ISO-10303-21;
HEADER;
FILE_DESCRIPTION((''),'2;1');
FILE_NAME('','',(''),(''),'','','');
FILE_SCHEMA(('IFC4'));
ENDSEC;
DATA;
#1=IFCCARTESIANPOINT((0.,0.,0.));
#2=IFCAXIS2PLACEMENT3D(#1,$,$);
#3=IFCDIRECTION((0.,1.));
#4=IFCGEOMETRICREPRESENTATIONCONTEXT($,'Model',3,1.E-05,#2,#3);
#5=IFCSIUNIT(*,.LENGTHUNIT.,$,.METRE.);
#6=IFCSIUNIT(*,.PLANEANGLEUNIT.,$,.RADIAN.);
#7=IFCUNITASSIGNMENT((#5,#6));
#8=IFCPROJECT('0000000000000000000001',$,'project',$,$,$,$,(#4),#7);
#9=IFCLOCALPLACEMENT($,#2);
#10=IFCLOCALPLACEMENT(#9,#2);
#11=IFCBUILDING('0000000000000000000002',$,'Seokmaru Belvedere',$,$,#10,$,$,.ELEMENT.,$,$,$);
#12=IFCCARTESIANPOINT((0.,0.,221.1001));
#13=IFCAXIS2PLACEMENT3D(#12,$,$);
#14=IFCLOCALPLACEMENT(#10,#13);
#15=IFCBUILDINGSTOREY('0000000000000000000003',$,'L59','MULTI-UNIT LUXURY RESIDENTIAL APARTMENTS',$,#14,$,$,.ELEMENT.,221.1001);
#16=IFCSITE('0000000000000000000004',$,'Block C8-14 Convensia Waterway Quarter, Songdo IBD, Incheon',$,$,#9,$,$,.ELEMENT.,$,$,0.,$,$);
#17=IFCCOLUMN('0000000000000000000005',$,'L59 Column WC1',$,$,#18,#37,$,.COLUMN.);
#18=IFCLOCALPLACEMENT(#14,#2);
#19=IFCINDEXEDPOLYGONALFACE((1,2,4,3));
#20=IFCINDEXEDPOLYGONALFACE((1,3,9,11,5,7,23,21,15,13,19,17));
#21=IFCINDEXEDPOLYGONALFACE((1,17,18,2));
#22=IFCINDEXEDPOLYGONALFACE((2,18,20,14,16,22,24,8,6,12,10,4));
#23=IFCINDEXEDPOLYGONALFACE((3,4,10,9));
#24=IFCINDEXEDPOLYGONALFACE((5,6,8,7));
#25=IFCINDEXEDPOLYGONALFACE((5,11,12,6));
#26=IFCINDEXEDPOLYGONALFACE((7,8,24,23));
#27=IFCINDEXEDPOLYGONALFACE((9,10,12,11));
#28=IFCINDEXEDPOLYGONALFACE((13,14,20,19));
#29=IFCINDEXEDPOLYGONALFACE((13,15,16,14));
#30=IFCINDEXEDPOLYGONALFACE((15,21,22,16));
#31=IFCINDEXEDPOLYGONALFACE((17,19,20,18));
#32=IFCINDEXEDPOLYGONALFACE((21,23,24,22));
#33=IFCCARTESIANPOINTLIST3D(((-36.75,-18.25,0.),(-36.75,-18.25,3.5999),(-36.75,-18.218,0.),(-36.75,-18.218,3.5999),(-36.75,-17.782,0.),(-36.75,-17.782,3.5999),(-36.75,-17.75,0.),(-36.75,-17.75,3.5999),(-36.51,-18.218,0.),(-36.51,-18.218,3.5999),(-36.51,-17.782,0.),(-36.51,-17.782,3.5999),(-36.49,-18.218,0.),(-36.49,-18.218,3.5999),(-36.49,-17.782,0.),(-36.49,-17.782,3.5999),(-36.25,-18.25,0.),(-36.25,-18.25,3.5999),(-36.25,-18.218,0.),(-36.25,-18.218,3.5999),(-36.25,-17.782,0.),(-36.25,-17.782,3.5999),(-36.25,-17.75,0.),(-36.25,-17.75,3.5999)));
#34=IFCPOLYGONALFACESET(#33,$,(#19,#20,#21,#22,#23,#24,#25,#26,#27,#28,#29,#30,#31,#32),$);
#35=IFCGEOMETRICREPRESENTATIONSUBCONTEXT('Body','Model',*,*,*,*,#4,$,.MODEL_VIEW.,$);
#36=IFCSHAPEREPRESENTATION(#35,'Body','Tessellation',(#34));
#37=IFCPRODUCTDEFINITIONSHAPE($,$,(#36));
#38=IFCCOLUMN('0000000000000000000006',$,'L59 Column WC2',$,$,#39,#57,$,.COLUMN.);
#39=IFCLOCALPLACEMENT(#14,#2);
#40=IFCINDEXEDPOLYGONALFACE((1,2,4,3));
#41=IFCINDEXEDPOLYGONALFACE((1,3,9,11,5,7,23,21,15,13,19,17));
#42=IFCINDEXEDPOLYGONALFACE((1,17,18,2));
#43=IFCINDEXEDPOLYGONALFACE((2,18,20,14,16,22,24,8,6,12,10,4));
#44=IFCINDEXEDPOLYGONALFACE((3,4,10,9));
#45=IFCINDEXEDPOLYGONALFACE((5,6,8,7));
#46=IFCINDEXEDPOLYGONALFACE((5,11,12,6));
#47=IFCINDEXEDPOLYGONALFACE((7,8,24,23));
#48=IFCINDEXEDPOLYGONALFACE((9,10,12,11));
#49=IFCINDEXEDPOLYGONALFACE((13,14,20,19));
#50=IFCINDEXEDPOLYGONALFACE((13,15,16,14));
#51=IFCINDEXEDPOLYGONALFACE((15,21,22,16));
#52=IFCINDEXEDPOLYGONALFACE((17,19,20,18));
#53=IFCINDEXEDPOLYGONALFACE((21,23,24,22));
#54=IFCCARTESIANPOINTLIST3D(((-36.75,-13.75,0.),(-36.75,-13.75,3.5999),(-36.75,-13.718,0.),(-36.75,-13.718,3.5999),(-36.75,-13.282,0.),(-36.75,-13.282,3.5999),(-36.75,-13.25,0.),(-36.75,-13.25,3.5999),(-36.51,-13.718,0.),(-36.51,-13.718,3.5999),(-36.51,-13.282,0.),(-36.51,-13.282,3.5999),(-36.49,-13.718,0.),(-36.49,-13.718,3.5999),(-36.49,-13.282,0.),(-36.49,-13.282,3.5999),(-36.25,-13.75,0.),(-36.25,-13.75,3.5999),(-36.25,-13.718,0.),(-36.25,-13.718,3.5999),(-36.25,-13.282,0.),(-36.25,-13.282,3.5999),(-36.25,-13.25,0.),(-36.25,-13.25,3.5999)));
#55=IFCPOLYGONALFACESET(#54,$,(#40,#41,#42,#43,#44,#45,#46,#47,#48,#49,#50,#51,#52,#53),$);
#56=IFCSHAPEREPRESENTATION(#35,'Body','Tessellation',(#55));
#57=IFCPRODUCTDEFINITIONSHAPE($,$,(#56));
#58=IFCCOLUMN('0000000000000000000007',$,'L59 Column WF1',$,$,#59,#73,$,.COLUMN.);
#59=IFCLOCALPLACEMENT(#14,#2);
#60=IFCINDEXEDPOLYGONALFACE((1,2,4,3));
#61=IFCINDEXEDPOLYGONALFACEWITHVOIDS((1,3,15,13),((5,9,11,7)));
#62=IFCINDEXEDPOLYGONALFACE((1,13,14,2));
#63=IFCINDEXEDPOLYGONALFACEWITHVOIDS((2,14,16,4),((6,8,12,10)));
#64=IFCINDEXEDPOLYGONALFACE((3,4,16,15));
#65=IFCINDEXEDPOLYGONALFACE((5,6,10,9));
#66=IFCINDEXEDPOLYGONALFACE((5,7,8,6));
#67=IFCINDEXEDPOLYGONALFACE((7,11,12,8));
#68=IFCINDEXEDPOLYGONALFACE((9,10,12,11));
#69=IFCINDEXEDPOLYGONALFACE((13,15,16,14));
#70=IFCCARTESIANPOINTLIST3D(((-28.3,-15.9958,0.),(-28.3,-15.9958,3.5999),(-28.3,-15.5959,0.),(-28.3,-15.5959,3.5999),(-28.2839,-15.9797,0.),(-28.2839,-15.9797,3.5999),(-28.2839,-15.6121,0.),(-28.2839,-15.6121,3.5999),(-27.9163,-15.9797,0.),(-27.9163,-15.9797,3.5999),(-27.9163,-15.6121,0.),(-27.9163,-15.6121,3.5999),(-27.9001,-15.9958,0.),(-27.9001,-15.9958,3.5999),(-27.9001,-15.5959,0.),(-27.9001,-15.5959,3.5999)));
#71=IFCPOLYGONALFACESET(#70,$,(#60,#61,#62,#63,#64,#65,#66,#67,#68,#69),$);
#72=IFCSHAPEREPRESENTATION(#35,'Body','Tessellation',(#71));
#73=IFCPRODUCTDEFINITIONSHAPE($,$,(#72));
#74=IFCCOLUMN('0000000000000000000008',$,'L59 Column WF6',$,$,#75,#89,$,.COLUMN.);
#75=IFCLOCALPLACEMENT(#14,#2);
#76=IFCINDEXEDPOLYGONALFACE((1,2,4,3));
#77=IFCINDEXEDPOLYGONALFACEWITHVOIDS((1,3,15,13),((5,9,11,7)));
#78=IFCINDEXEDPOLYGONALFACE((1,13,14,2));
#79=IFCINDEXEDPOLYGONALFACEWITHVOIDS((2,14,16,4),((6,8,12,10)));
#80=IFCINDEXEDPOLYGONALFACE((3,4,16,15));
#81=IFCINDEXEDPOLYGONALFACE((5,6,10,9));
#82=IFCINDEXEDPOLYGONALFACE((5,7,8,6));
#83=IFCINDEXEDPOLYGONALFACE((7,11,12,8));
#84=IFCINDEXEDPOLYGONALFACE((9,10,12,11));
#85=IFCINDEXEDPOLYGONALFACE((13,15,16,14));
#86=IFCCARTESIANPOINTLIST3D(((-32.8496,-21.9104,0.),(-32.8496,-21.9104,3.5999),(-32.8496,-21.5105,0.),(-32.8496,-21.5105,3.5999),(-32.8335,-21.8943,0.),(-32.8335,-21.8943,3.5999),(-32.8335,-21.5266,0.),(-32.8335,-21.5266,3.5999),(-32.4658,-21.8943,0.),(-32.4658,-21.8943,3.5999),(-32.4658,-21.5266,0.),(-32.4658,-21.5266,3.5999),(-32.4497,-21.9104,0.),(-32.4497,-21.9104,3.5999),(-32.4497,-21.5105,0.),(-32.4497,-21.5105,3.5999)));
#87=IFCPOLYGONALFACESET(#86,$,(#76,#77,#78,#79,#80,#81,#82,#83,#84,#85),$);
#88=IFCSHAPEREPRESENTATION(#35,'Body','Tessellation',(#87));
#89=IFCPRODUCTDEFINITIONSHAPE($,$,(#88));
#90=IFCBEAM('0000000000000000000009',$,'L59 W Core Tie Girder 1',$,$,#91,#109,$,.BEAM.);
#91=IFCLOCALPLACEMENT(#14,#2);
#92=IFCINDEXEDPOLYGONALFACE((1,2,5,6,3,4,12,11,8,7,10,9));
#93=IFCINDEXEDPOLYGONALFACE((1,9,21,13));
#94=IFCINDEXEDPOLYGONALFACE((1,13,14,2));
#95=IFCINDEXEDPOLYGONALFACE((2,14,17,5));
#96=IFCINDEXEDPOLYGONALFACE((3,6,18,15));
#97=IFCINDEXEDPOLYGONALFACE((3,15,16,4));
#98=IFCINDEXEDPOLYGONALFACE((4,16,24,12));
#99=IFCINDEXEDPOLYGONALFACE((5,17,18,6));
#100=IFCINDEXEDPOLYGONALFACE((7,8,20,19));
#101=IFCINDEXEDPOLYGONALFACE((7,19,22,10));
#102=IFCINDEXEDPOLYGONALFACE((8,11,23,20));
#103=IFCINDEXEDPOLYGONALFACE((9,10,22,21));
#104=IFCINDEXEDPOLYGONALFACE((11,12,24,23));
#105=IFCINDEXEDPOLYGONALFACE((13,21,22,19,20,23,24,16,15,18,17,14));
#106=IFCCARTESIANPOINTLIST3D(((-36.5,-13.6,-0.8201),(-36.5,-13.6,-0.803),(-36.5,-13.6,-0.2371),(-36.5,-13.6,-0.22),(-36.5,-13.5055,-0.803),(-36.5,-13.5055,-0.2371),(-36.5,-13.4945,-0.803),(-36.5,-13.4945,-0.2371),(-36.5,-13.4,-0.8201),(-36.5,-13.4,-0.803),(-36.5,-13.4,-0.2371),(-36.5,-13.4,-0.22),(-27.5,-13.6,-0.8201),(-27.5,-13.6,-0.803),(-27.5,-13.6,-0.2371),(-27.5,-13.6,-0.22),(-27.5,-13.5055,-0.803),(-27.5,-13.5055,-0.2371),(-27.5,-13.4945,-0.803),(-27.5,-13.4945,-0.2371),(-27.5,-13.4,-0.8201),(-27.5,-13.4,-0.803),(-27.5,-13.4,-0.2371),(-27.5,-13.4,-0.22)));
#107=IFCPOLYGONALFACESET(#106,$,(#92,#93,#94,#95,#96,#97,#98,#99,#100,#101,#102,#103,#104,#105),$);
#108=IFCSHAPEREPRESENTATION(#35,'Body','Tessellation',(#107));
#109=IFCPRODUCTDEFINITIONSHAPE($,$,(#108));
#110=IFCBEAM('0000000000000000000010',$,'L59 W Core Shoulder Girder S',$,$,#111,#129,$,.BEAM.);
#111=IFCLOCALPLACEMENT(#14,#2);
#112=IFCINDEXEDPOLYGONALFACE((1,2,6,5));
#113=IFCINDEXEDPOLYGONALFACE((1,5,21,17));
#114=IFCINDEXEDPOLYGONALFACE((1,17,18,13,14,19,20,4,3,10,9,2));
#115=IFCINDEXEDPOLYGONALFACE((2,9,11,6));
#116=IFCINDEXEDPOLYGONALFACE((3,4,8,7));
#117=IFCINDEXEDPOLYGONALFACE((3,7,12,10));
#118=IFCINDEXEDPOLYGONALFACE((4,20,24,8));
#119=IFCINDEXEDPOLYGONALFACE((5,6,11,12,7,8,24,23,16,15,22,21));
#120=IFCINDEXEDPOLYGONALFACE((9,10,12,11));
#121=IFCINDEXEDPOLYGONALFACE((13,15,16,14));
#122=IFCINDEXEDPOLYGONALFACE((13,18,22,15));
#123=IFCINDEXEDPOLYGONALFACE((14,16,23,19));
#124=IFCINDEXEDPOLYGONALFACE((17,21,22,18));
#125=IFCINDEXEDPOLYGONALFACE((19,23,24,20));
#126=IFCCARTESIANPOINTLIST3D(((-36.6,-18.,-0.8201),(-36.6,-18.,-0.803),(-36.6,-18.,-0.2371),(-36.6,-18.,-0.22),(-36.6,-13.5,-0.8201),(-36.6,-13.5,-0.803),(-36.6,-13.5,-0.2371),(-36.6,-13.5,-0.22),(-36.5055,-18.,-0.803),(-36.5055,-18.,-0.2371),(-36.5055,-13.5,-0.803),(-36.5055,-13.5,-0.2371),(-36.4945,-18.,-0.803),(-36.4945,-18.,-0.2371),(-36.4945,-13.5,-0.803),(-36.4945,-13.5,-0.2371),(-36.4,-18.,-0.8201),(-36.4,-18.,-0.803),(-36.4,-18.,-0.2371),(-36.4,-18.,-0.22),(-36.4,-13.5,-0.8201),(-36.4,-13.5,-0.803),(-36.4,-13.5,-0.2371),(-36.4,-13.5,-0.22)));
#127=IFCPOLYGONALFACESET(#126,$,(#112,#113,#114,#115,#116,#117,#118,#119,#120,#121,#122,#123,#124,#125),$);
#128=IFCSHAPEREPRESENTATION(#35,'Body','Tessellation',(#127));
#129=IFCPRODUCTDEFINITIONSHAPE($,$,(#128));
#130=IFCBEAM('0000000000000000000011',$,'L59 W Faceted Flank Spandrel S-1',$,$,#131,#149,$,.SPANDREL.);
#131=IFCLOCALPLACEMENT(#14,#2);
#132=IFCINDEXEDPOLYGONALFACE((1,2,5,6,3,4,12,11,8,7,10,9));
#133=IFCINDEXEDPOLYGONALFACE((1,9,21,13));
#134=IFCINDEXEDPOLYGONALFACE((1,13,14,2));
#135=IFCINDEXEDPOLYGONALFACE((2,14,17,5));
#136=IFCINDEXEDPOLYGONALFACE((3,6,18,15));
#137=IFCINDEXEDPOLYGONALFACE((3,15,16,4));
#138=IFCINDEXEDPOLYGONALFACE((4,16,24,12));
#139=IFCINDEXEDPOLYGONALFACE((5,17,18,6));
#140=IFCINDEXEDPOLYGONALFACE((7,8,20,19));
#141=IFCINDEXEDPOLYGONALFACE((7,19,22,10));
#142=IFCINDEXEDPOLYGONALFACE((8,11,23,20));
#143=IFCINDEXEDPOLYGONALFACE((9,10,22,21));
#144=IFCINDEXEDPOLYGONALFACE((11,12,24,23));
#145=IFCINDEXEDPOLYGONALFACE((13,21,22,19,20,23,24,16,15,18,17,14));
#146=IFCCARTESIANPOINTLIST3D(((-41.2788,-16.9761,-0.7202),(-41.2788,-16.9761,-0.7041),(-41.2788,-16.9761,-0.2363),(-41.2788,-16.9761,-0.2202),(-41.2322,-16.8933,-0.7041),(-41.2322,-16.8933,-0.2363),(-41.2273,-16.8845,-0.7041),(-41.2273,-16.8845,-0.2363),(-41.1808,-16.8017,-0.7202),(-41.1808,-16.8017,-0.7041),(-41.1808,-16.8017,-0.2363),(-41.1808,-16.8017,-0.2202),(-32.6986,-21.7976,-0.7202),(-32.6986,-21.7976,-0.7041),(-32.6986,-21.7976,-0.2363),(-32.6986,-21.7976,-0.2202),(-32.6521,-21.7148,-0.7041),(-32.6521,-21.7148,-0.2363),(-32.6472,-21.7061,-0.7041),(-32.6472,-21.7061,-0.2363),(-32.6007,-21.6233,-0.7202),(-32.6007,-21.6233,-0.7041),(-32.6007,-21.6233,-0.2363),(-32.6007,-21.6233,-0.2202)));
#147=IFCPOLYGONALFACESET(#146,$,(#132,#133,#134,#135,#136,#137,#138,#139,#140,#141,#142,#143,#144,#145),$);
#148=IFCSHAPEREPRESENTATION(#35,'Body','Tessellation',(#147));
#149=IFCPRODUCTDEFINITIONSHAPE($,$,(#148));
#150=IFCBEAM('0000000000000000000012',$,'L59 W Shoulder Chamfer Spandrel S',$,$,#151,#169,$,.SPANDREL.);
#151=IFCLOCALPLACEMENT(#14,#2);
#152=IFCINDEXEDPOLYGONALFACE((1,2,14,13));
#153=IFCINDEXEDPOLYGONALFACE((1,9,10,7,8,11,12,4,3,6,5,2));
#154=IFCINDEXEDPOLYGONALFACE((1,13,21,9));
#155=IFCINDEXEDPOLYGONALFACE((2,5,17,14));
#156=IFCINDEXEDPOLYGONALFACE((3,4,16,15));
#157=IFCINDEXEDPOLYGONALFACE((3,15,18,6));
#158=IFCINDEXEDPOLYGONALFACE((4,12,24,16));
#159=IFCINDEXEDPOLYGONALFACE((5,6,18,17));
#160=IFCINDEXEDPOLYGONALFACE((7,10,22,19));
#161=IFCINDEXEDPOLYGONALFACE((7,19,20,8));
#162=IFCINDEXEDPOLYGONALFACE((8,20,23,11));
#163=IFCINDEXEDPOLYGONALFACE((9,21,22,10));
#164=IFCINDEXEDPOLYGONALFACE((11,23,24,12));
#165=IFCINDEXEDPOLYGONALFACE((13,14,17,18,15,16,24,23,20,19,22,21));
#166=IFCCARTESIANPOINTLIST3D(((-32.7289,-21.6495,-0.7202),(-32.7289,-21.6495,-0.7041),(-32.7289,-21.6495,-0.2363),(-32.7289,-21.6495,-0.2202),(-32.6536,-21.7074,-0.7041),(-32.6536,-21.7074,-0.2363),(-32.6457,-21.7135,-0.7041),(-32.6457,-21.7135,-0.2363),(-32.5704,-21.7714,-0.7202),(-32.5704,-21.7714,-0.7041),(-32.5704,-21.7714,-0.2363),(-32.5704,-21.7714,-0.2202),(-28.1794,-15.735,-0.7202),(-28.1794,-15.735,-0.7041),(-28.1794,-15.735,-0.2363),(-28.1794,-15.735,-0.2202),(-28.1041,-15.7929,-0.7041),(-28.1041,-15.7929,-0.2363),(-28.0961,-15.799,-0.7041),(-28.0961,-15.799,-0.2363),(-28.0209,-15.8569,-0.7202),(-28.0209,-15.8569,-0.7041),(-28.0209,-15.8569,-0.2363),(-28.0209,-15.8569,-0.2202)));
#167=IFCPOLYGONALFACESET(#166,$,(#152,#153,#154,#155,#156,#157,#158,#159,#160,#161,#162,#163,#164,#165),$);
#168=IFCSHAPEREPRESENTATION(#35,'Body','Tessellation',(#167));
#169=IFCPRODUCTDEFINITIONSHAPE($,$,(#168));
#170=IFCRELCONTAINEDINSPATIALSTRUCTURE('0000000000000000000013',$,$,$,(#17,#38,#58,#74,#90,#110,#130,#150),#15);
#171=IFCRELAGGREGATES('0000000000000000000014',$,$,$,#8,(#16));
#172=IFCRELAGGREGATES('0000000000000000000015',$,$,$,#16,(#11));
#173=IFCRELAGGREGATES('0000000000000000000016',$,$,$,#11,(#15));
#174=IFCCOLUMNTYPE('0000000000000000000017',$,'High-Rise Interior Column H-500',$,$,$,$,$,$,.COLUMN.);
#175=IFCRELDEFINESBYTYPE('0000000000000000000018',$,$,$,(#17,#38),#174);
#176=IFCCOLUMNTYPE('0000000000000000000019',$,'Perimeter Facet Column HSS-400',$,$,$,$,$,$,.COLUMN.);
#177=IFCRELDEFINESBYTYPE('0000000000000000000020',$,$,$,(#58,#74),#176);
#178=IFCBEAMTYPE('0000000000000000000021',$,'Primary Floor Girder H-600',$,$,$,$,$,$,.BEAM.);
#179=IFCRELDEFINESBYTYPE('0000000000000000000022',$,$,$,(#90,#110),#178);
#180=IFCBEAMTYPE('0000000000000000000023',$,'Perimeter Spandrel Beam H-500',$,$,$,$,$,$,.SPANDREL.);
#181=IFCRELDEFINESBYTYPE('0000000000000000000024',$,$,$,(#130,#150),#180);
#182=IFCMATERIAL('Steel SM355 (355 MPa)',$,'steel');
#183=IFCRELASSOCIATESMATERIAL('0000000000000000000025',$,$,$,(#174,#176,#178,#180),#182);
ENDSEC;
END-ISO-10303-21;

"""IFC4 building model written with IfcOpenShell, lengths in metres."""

from ifc_helpers import new_model, si_unit, direction, frame, origin, origin_2d, place, context, subcontext, project, spatial, hollow_rectangle, i_section, extrude, source, transform, mapped, material, material_profile, profile_set, type_object, type_shapes, element, save


model = new_model("IFC4")

# Units and contexts
model_context = context("Model", 3, precision=1e-05, world=origin(), true_north=direction((0.0, 1.0)))
body_context = subcontext(model_context, "Body", "Model", "MODEL_VIEW")
ifc_project = project(units=[si_unit("LENGTHUNIT", "METRE"), si_unit("PLANEANGLEUNIT", "RADIAN")], contexts=[model_context])

# Site, building, storey
site_placement = place(None, origin())
site = spatial("IfcSite", under=ifc_project, at=site_placement, Name="Block C8-14 Convensia Waterway Quarter, Songdo IBD, Incheon", CompositionType="ELEMENT", RefElevation=0.0)
building_placement = place(site_placement, origin())
building = spatial("IfcBuilding", under=site, at=building_placement, Name="Seokmaru Belvedere", CompositionType="ELEMENT")
storey_placement = place(building_placement, frame((0.0, 0.0, 221.1001)))
storey = spatial("IfcBuildingStorey", under=building, at=storey_placement, Name="L59", Description="MULTI-UNIT LUXURY RESIDENTIAL APARTMENTS", CompositionType="ELEMENT", Elevation=221.1001)

# Columns
ifc_material_1 = material(Name="Steel SM355 (355 MPa)", Category="steel")
ifc_material_profile_1 = material_profile(ifc_material_1, i_section(OverallWidth=0.5, OverallDepth=0.5, WebThickness=0.02, FlangeThickness=0.032, at=origin_2d()), Name="H-500x500x20x32")
ifc_profile_set_1 = profile_set([ifc_material_profile_1], Name="Steel SM355 (355 MPa)")
column_type_1 = type_object("IfcColumnType", Name="High-Rise Interior Column H-500", PredefinedType="COLUMN", material=ifc_profile_set_1)
shared_shape_1 = source(origin(), body_context, "Body", "SweptSolid", [
    extrude(i_section(OverallWidth=0.5, OverallDepth=0.5, WebThickness=0.02, FlangeThickness=0.032, at=origin_2d()), origin(), (0.0, 0.0, 1.0), 3.5999),
])
type_shapes(column_type_1, [shared_shape_1])
for number, where, z_axis, x_axis, name in (
    (1, (-36.5, -18.0, 0.0), (0.0, 0.0, 1.0), (1.0, 0.0, 0.0), "L59 Column WC1"),
    (2, (-36.5, -13.5, 0.0), (0.0, 0.0, 1.0), (1.0, 0.0, 0.0), "L59 Column WC2"),
):
    element("IfcColumn", number, at=place(storey_placement, frame(where, z_axis=z_axis, x_axis=x_axis)), inside=storey, type_object=column_type_1, Name=name, PredefinedType="COLUMN", context=body_context, shape_type="MappedRepresentation", body=[
        mapped(shared_shape_1, transform((0.0, 0.0, 0.0), scale=1.0)),
    ])
ifc_material_profile_2 = material_profile(ifc_material_1, hollow_rectangle(XDim=0.3999, YDim=0.3999, WallThickness=0.0161, at=origin_2d()), Name="HSS-400x400x16")
ifc_profile_set_2 = profile_set([ifc_material_profile_2], Name="Steel SM355 (355 MPa)")
column_type_2 = type_object("IfcColumnType", Name="Perimeter Facet Column HSS-400", PredefinedType="COLUMN", material=ifc_profile_set_2)
shared_shape_2 = source(origin(), body_context, "Body", "SweptSolid", [
    extrude(hollow_rectangle(XDim=0.3999, YDim=0.3999, WallThickness=0.0161, at=origin_2d()), origin(), (0.0, 0.0, 1.0), 3.5999),
])
type_shapes(column_type_2, [shared_shape_2])
for number, where, z_axis, x_axis, name in (
    (3, (-28.1001, -15.7959, 0.0), (0.0, 0.0, 1.0), (1.0, 0.0, 0.0), "L59 Column WF1"),
    (4, (-32.6497, -21.7104, 0.0), (0.0, 0.0, 1.0), (1.0, 0.0, 0.0), "L59 Column WF6"),
):
    element("IfcColumn", number, at=place(storey_placement, frame(where, z_axis=z_axis, x_axis=x_axis)), inside=storey, type_object=column_type_2, Name=name, PredefinedType="COLUMN", context=body_context, shape_type="MappedRepresentation", body=[
        mapped(shared_shape_2, transform((0.0, 0.0, 0.0), scale=1.0)),
    ])

# Beams
ifc_material_profile_3 = material_profile(ifc_material_1, i_section(OverallWidth=0.2, OverallDepth=0.6001, WebThickness=0.011, FlangeThickness=0.0171, at=origin_2d()), Name="H-600x200x11x17")
ifc_profile_set_3 = profile_set([ifc_material_profile_3], Name="Steel SM355 (355 MPa)")
beam_type_1 = type_object("IfcBeamType", Name="Primary Floor Girder H-600", PredefinedType="BEAM", material=ifc_profile_set_3)
shared_shape_3 = source(origin(), body_context, "Body", "SweptSolid", [
    extrude(i_section(OverallWidth=0.2, OverallDepth=0.6001, WebThickness=0.011, FlangeThickness=0.0171, at=origin_2d()), origin(), (0.0, 0.0, 1.0), 9.0),
])
beam_1_placement = place(storey_placement, frame((-36.5, -13.5, -0.52), z_axis=(1.0, 0.0, 0.0), x_axis=(0.0, 1.0, 0.0)))
element("IfcBeam", 5, at=beam_1_placement, inside=storey, type_object=beam_type_1, Name="L59 W Core Tie Girder 1", PredefinedType="BEAM", context=body_context, shape_type="MappedRepresentation", body=[
    mapped(shared_shape_3, transform((0.0, 0.0, 0.0), scale=1.0)),
])
shared_shape_4 = source(origin(), body_context, "Body", "SweptSolid", [
    extrude(i_section(OverallWidth=0.2, OverallDepth=0.6001, WebThickness=0.011, FlangeThickness=0.0171, at=origin_2d()), origin(), (0.0, 0.0, 1.0), 4.5),
])
type_shapes(beam_type_1, [shared_shape_3, shared_shape_4])
beam_2_placement = place(storey_placement, frame((-36.5, -18.0, -0.52), z_axis=(0.0, 1.0, 0.0), x_axis=(-1.0, 0.0, 0.0)))
element("IfcBeam", 6, at=beam_2_placement, inside=storey, type_object=beam_type_1, Name="L59 W Core Shoulder Girder S", PredefinedType="BEAM", context=body_context, shape_type="MappedRepresentation", body=[
    mapped(shared_shape_4, transform((0.0, 0.0, 0.0), scale=1.0)),
])
ifc_material_profile_4 = material_profile(ifc_material_1, i_section(OverallWidth=0.2, OverallDepth=0.5, WebThickness=0.01, FlangeThickness=0.0161, at=origin_2d()), Name="H-500x200x10x16")
ifc_profile_set_4 = profile_set([ifc_material_profile_4], Name="Steel SM355 (355 MPa)")
beam_type_2 = type_object("IfcBeamType", Name="Perimeter Spandrel Beam H-500", PredefinedType="SPANDREL", material=ifc_profile_set_4)
shared_shape_5 = source(origin(), body_context, "Body", "SweptSolid", [
    extrude(i_section(OverallWidth=0.2, OverallDepth=0.5, WebThickness=0.01, FlangeThickness=0.0161, at=origin_2d()), origin(), (0.0, 0.0, 1.0), 9.842),
])
beam_3_placement = place(storey_placement, frame((-32.6497, -21.7104, -0.4702), z_axis=(-0.871782, 0.489894, 0.0), x_axis=(-0.489894, -0.871782, 0.0)))
element("IfcBeam", 7, at=beam_3_placement, inside=storey, type_object=beam_type_2, Name="L59 W Faceted Flank Spandrel S-1", PredefinedType="SPANDREL", context=body_context, shape_type="MappedRepresentation", body=[
    mapped(shared_shape_5, transform((0.0, 0.0, 0.0), scale=1.0)),
])
shared_shape_6 = source(origin(), body_context, "Body", "SweptSolid", [
    extrude(i_section(OverallWidth=0.2, OverallDepth=0.5, WebThickness=0.01, FlangeThickness=0.0161, at=origin_2d()), origin(), (0.0, 0.0, 1.0), 7.4619),
])
beam_4_placement = place(storey_placement, frame((-32.6497, -21.7104, -0.4702), z_axis=(0.609703, 0.79263, 0.0), x_axis=(-0.79263, 0.609703, 0.0)))
element("IfcBeam", 8, at=beam_4_placement, inside=storey, type_object=beam_type_2, Name="L59 W Shoulder Chamfer Spandrel S", PredefinedType="SPANDREL", context=body_context, shape_type="MappedRepresentation", body=[
    mapped(shared_shape_6, transform((0.0, 0.0, 0.0), scale=1.0)),
])

save(model, "model.ifc")
